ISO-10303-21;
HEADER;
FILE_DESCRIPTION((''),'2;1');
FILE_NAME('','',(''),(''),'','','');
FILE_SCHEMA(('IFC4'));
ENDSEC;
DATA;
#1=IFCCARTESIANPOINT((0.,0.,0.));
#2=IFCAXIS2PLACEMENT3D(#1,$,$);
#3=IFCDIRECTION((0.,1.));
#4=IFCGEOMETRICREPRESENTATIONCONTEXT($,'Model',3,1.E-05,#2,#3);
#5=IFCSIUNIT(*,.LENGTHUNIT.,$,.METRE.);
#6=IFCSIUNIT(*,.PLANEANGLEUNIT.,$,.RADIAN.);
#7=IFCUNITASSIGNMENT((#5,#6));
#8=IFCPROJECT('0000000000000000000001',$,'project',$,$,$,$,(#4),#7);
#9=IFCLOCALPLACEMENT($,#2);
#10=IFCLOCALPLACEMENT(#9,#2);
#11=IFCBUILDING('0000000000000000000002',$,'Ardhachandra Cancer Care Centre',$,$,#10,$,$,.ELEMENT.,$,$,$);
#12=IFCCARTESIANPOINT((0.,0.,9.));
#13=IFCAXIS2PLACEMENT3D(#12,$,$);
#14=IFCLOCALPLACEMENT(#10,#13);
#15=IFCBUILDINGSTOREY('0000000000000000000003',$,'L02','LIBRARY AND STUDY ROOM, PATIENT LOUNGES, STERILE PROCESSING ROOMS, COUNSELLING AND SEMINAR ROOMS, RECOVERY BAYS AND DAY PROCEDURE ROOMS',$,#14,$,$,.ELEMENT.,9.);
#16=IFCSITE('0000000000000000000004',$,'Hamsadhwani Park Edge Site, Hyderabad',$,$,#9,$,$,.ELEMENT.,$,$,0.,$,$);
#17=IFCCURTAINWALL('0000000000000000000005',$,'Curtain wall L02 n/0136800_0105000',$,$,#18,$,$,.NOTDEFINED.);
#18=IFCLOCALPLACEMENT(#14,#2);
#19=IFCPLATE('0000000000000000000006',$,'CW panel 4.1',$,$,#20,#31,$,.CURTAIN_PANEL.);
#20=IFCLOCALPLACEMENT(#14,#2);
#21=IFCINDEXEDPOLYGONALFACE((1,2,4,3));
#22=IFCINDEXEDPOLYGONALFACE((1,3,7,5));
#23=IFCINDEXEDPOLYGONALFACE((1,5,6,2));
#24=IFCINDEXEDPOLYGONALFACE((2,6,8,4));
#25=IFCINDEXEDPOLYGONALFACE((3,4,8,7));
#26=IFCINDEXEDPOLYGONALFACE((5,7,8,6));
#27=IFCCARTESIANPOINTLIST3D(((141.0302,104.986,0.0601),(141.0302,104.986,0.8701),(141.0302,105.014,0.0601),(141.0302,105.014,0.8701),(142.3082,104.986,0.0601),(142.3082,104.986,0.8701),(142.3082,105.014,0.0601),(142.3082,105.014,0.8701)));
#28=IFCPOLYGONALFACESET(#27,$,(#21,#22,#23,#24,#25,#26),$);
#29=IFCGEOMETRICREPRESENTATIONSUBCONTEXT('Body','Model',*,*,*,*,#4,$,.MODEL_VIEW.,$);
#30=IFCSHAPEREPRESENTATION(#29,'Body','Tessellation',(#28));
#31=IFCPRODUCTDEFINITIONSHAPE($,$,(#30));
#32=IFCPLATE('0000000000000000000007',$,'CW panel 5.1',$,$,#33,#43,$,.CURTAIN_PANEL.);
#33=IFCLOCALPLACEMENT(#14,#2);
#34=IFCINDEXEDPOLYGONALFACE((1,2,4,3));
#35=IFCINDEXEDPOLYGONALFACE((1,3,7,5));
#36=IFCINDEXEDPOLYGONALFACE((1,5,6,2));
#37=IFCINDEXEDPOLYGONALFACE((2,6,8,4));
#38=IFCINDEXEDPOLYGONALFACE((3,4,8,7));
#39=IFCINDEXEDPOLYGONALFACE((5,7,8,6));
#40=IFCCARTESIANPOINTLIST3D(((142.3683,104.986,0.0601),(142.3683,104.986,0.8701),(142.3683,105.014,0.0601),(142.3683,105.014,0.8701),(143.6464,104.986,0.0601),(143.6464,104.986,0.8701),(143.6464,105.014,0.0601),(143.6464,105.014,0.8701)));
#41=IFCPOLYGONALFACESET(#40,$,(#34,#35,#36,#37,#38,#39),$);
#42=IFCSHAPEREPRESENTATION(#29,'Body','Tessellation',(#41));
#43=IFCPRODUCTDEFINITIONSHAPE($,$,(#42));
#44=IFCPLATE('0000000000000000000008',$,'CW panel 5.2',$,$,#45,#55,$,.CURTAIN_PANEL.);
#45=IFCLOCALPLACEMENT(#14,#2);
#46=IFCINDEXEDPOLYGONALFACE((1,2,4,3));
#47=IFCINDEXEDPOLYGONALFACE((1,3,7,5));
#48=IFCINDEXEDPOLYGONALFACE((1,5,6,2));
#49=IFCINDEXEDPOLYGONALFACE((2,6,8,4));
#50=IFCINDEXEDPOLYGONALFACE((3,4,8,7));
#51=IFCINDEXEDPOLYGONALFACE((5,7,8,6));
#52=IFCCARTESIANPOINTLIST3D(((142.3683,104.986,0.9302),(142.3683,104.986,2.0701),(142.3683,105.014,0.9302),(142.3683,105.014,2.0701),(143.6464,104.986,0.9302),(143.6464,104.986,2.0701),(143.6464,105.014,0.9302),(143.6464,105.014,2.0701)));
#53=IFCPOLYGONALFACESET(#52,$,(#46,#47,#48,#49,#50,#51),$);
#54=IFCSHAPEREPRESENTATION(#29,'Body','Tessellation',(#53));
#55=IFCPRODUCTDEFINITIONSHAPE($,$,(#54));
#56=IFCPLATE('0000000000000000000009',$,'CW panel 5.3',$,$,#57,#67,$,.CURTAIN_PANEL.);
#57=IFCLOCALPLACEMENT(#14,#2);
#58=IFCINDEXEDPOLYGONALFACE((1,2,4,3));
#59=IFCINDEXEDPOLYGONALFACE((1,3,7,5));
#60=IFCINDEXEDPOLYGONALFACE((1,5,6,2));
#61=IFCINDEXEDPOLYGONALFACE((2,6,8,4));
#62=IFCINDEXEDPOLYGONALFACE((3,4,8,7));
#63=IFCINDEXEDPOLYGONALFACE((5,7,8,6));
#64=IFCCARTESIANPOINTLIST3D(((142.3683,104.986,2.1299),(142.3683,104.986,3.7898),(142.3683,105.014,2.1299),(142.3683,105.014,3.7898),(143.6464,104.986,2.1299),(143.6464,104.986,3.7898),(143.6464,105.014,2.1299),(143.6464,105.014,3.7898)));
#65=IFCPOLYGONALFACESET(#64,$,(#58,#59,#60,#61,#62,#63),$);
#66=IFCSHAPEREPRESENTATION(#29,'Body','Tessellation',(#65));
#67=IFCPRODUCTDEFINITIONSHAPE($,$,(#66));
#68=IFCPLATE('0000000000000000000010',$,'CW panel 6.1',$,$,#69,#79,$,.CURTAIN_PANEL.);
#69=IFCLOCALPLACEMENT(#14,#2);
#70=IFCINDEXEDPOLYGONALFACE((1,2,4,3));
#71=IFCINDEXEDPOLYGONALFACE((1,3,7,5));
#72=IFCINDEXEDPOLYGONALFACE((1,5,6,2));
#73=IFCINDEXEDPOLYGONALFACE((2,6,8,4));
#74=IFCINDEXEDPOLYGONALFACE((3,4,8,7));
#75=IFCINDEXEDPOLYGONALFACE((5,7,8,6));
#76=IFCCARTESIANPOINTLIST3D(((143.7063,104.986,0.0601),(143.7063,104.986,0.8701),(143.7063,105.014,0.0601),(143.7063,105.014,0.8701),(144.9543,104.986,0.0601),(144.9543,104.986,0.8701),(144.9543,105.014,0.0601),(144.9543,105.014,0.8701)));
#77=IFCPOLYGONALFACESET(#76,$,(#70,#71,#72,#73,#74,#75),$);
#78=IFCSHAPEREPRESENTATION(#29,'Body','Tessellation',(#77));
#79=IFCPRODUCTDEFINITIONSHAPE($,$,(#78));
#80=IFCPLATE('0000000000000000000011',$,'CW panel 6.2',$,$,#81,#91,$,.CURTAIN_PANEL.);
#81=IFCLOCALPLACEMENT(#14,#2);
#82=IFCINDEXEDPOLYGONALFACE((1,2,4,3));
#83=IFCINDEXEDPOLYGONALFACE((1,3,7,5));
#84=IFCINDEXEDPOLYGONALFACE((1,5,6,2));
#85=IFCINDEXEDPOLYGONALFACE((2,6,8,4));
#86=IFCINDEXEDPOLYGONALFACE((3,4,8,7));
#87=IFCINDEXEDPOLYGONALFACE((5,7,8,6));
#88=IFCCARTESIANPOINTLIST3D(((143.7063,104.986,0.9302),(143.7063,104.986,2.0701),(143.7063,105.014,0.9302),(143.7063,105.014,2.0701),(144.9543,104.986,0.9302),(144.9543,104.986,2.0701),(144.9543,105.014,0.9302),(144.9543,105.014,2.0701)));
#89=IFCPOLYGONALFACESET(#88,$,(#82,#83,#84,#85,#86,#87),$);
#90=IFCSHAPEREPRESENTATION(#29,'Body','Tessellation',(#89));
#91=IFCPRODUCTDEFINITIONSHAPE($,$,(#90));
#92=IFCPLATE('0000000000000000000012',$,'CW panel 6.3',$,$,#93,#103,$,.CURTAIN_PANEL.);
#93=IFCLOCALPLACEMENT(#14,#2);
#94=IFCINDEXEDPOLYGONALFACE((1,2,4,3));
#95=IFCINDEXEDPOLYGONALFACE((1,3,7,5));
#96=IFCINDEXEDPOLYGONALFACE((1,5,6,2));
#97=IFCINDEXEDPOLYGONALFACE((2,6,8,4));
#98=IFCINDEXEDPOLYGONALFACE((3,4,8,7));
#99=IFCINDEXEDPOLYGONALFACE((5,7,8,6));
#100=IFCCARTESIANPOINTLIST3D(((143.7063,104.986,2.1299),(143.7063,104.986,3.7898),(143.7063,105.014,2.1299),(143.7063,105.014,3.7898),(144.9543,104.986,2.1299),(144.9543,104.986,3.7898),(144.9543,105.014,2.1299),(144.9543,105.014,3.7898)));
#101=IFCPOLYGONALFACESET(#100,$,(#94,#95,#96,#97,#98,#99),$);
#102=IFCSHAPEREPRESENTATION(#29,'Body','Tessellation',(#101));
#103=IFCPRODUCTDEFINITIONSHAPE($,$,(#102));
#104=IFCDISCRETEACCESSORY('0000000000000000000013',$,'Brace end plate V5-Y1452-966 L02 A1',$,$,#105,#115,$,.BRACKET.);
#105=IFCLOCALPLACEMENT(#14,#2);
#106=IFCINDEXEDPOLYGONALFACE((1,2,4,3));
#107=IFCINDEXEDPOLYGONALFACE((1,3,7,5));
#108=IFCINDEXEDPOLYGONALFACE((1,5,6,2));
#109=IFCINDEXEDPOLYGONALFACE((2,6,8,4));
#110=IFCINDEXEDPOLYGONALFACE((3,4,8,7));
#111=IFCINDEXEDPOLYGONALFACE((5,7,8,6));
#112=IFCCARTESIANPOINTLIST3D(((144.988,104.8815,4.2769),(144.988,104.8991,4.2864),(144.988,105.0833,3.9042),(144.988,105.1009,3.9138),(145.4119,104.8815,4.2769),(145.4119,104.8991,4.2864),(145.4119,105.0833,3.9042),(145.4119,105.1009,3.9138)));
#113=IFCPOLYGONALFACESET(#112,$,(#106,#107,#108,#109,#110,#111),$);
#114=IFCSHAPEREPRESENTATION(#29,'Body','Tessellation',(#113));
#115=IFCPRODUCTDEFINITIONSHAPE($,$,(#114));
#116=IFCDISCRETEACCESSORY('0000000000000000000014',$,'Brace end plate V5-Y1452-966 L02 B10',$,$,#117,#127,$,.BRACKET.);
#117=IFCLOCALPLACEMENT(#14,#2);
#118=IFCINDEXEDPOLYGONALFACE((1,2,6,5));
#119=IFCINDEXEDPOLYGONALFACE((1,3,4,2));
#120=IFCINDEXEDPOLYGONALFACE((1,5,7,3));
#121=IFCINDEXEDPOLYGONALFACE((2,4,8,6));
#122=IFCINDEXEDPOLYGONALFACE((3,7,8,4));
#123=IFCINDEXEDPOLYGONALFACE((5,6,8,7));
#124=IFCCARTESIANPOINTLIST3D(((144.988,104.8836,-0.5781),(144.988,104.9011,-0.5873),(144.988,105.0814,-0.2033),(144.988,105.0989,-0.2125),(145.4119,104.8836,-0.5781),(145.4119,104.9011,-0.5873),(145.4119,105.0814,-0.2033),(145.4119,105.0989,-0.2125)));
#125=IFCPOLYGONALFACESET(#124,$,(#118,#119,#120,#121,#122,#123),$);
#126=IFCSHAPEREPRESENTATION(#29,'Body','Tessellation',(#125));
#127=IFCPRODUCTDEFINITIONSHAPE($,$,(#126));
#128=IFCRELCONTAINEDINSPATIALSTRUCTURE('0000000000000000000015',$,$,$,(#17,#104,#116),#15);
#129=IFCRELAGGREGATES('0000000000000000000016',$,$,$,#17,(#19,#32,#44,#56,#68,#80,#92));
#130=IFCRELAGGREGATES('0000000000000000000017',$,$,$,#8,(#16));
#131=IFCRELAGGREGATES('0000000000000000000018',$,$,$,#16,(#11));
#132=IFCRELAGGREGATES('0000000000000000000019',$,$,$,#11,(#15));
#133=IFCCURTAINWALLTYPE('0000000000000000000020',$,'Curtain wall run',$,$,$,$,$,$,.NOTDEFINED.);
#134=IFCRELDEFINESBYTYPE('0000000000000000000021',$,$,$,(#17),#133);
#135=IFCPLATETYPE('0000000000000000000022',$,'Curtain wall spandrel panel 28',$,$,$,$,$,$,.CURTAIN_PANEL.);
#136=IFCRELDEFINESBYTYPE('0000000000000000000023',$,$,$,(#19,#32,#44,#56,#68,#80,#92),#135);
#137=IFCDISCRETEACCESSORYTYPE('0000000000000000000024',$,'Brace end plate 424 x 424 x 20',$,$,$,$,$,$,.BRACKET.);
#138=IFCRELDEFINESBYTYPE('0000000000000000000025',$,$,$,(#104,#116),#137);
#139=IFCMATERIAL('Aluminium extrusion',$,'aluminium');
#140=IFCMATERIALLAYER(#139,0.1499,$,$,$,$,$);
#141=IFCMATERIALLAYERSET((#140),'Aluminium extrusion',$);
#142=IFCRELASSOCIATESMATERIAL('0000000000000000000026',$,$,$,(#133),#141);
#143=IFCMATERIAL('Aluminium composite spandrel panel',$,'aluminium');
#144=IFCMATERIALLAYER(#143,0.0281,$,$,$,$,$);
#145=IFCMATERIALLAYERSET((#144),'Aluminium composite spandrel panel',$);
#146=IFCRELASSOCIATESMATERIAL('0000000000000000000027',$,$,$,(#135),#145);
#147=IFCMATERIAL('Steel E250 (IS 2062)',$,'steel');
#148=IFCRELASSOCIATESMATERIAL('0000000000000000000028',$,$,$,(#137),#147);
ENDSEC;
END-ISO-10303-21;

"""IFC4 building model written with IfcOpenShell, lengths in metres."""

from ifc_helpers import new_model, si_unit, direction, frame, origin, origin_2d, place, context, subcontext, project, spatial, rectangle, extrude, material, layer, layer_set, material_profile, profile_set, type_object, element, aggregate, save


model = new_model("IFC4")

# Units and contexts
model_context = context("Model", 3, precision=1e-05, world=origin(), true_north=direction((0.0, 1.0)))
body_context = subcontext(model_context, "Body", "Model", "MODEL_VIEW")
ifc_project = project(units=[si_unit("LENGTHUNIT", "METRE"), si_unit("PLANEANGLEUNIT", "RADIAN")], contexts=[model_context])

# Site, building, storey
site_placement = place(None, origin())
site = spatial("IfcSite", under=ifc_project, at=site_placement, Name="Hamsadhwani Park Edge Site, Hyderabad", CompositionType="ELEMENT", RefElevation=0.0)
building_placement = place(site_placement, origin())
building = spatial("IfcBuilding", under=site, at=building_placement, Name="Ardhachandra Cancer Care Centre", CompositionType="ELEMENT")
storey_placement = place(building_placement, frame((0.0, 0.0, 9.0)))
storey = spatial("IfcBuildingStorey", under=building, at=storey_placement, Name="L02", Description="LIBRARY AND STUDY ROOM, PATIENT LOUNGES, STERILE PROCESSING ROOMS, COUNSELLING AND SEMINAR ROOMS, RECOVERY BAYS AND DAY PROCEDURE ROOMS", CompositionType="ELEMENT", Elevation=9.0)

# Curtain wall, plates
ifc_material_1 = material(Name="Aluminium extrusion", Category="aluminium")
ifc_layer_1 = layer(ifc_material_1, 0.1499)
ifc_layer_set_1 = layer_set([ifc_layer_1], Name="Aluminium extrusion")
curtain_wall_type = type_object("IfcCurtainWallType", Name="Curtain wall run", PredefinedType="NOTDEFINED", material=ifc_layer_set_1)
curtain_wall_placement = place(storey_placement, origin())
curtain_wall = element("IfcCurtainWall", 1, at=curtain_wall_placement, inside=storey, type_object=curtain_wall_type, Name="Curtain wall L02 n/0136800_0105000", PredefinedType="NOTDEFINED")
ifc_material_2 = material(Name="Aluminium composite spandrel panel", Category="aluminium")
ifc_layer_2 = layer(ifc_material_2, 0.0281)
ifc_layer_set_2 = layer_set([ifc_layer_2], Name="Aluminium composite spandrel panel")
plate_type_1 = type_object("IfcPlateType", Name="Curtain wall spandrel panel 28", PredefinedType="CURTAIN_PANEL", material=ifc_layer_set_2)
plate_1_placement = place(storey_placement, frame((141.6692, 105.0, 0.0601), z_axis=(0.0, 0.0, 1.0), x_axis=(1.0, 0.0, 0.0)))
plate_1 = element("IfcPlate", 2, at=plate_1_placement, type_object=plate_type_1, Name="CW panel 4.1", PredefinedType="CURTAIN_PANEL", context=body_context, shape_type="SweptSolid", body=[
    extrude(rectangle(XDim=1.2781, YDim=0.0281, at=origin_2d()), origin(), (0.0, 0.0, 1.0), 0.8101),
])
plate_2_placement = place(storey_placement, frame((143.0073, 105.0, 0.0601), z_axis=(0.0, 0.0, 1.0), x_axis=(1.0, 0.0, 0.0)))
plate_2 = element("IfcPlate", 3, at=plate_2_placement, type_object=plate_type_1, Name="CW panel 5.1", PredefinedType="CURTAIN_PANEL", context=body_context, shape_type="SweptSolid", body=[
    extrude(rectangle(XDim=1.2781, YDim=0.0281, at=origin_2d()), origin(), (0.0, 0.0, 1.0), 0.8101),
])
plate_3_placement = place(storey_placement, frame((143.0073, 105.0, 0.9302), z_axis=(0.0, 0.0, 1.0), x_axis=(1.0, 0.0, 0.0)))
plate_3 = element("IfcPlate", 4, at=plate_3_placement, type_object=plate_type_1, Name="CW panel 5.2", PredefinedType="CURTAIN_PANEL", context=body_context, shape_type="SweptSolid", body=[
    extrude(rectangle(XDim=1.2781, YDim=0.0281, at=origin_2d()), origin(), (0.0, 0.0, 1.0), 1.1399),
])
plate_4_placement = place(storey_placement, frame((143.0073, 105.0, 2.1299), z_axis=(0.0, 0.0, 1.0), x_axis=(1.0, 0.0, 0.0)))
plate_4 = element("IfcPlate", 5, at=plate_4_placement, type_object=plate_type_1, Name="CW panel 5.3", PredefinedType="CURTAIN_PANEL", context=body_context, shape_type="SweptSolid", body=[
    extrude(rectangle(XDim=1.2781, YDim=0.0281, at=origin_2d()), origin(), (0.0, 0.0, 1.0), 1.6599),
])
plate_5_placement = place(storey_placement, frame((144.3303, 105.0, 0.0601), z_axis=(0.0, 0.0, 1.0), x_axis=(1.0, 0.0, 0.0)))
plate_5 = element("IfcPlate", 6, at=plate_5_placement, type_object=plate_type_1, Name="CW panel 6.1", PredefinedType="CURTAIN_PANEL", context=body_context, shape_type="SweptSolid", body=[
    extrude(rectangle(XDim=1.248, YDim=0.0281, at=origin_2d()), origin(), (0.0, 0.0, 1.0), 0.8101),
])
plate_6_placement = place(storey_placement, frame((144.3303, 105.0, 0.9302), z_axis=(0.0, 0.0, 1.0), x_axis=(1.0, 0.0, 0.0)))
plate_6 = element("IfcPlate", 7, at=plate_6_placement, type_object=plate_type_1, Name="CW panel 6.2", PredefinedType="CURTAIN_PANEL", context=body_context, shape_type="SweptSolid", body=[
    extrude(rectangle(XDim=1.248, YDim=0.0281, at=origin_2d()), origin(), (0.0, 0.0, 1.0), 1.1399),
])
plate_7_placement = place(storey_placement, frame((144.3303, 105.0, 2.1299), z_axis=(0.0, 0.0, 1.0), x_axis=(1.0, 0.0, 0.0)))
plate_7 = element("IfcPlate", 8, at=plate_7_placement, type_object=plate_type_1, Name="CW panel 6.3", PredefinedType="CURTAIN_PANEL", context=body_context, shape_type="SweptSolid", body=[
    extrude(rectangle(XDim=1.248, YDim=0.0281, at=origin_2d()), origin(), (0.0, 0.0, 1.0), 1.6599),
])
aggregate(curtain_wall, [plate_1, plate_2, plate_3, plate_4, plate_5, plate_6, plate_7])

# Discrete accessories
ifc_material_3 = material(Name="Steel E250 (IS 2062)", Category="steel")
ifc_material_profile_1 = material_profile(ifc_material_3, rectangle(XDim=0.4238, YDim=0.4238, at=origin_2d()), Name="PL 424x424x20")
ifc_profile_set_1 = profile_set([ifc_material_profile_1], Name="Steel E250 (IS 2062)")
discrete_accessory_type = type_object("IfcDiscreteAccessoryType", Name="Brace end plate 424 x 424 x 20", PredefinedType="BRACKET", material=ifc_profile_set_1)
discrete_accessory_1_placement = place(storey_placement, frame((145.2, 105.0, 4.1001), z_axis=(0.0, -0.879292, -0.476283), x_axis=(1.0, 0.0, 0.0)))
element("IfcDiscreteAccessory", 9, at=discrete_accessory_1_placement, inside=storey, type_object=discrete_accessory_type, Name="Brace end plate V5-Y1452-966 L02 A1", PredefinedType="BRACKET", context=body_context, shape_type="SweptSolid", body=[
    extrude(rectangle(XDim=0.4238, YDim=0.4238, at=origin_2d()), origin(), (0.0, 0.0, 1.0), 0.02),
])
discrete_accessory_2_placement = place(storey_placement, frame((145.2, 105.0, -0.3999), z_axis=(0.0, -0.884385, 0.466759), x_axis=(1.0, 0.0, 0.0)))
element("IfcDiscreteAccessory", 10, at=discrete_accessory_2_placement, inside=storey, type_object=discrete_accessory_type, Name="Brace end plate V5-Y1452-966 L02 B10", PredefinedType="BRACKET", context=body_context, shape_type="SweptSolid", body=[
    extrude(rectangle(XDim=0.4238, YDim=0.4238, at=origin_2d()), origin(), (0.0, 0.0, 1.0), 0.0198),
])

save(model, "model.ifc")
